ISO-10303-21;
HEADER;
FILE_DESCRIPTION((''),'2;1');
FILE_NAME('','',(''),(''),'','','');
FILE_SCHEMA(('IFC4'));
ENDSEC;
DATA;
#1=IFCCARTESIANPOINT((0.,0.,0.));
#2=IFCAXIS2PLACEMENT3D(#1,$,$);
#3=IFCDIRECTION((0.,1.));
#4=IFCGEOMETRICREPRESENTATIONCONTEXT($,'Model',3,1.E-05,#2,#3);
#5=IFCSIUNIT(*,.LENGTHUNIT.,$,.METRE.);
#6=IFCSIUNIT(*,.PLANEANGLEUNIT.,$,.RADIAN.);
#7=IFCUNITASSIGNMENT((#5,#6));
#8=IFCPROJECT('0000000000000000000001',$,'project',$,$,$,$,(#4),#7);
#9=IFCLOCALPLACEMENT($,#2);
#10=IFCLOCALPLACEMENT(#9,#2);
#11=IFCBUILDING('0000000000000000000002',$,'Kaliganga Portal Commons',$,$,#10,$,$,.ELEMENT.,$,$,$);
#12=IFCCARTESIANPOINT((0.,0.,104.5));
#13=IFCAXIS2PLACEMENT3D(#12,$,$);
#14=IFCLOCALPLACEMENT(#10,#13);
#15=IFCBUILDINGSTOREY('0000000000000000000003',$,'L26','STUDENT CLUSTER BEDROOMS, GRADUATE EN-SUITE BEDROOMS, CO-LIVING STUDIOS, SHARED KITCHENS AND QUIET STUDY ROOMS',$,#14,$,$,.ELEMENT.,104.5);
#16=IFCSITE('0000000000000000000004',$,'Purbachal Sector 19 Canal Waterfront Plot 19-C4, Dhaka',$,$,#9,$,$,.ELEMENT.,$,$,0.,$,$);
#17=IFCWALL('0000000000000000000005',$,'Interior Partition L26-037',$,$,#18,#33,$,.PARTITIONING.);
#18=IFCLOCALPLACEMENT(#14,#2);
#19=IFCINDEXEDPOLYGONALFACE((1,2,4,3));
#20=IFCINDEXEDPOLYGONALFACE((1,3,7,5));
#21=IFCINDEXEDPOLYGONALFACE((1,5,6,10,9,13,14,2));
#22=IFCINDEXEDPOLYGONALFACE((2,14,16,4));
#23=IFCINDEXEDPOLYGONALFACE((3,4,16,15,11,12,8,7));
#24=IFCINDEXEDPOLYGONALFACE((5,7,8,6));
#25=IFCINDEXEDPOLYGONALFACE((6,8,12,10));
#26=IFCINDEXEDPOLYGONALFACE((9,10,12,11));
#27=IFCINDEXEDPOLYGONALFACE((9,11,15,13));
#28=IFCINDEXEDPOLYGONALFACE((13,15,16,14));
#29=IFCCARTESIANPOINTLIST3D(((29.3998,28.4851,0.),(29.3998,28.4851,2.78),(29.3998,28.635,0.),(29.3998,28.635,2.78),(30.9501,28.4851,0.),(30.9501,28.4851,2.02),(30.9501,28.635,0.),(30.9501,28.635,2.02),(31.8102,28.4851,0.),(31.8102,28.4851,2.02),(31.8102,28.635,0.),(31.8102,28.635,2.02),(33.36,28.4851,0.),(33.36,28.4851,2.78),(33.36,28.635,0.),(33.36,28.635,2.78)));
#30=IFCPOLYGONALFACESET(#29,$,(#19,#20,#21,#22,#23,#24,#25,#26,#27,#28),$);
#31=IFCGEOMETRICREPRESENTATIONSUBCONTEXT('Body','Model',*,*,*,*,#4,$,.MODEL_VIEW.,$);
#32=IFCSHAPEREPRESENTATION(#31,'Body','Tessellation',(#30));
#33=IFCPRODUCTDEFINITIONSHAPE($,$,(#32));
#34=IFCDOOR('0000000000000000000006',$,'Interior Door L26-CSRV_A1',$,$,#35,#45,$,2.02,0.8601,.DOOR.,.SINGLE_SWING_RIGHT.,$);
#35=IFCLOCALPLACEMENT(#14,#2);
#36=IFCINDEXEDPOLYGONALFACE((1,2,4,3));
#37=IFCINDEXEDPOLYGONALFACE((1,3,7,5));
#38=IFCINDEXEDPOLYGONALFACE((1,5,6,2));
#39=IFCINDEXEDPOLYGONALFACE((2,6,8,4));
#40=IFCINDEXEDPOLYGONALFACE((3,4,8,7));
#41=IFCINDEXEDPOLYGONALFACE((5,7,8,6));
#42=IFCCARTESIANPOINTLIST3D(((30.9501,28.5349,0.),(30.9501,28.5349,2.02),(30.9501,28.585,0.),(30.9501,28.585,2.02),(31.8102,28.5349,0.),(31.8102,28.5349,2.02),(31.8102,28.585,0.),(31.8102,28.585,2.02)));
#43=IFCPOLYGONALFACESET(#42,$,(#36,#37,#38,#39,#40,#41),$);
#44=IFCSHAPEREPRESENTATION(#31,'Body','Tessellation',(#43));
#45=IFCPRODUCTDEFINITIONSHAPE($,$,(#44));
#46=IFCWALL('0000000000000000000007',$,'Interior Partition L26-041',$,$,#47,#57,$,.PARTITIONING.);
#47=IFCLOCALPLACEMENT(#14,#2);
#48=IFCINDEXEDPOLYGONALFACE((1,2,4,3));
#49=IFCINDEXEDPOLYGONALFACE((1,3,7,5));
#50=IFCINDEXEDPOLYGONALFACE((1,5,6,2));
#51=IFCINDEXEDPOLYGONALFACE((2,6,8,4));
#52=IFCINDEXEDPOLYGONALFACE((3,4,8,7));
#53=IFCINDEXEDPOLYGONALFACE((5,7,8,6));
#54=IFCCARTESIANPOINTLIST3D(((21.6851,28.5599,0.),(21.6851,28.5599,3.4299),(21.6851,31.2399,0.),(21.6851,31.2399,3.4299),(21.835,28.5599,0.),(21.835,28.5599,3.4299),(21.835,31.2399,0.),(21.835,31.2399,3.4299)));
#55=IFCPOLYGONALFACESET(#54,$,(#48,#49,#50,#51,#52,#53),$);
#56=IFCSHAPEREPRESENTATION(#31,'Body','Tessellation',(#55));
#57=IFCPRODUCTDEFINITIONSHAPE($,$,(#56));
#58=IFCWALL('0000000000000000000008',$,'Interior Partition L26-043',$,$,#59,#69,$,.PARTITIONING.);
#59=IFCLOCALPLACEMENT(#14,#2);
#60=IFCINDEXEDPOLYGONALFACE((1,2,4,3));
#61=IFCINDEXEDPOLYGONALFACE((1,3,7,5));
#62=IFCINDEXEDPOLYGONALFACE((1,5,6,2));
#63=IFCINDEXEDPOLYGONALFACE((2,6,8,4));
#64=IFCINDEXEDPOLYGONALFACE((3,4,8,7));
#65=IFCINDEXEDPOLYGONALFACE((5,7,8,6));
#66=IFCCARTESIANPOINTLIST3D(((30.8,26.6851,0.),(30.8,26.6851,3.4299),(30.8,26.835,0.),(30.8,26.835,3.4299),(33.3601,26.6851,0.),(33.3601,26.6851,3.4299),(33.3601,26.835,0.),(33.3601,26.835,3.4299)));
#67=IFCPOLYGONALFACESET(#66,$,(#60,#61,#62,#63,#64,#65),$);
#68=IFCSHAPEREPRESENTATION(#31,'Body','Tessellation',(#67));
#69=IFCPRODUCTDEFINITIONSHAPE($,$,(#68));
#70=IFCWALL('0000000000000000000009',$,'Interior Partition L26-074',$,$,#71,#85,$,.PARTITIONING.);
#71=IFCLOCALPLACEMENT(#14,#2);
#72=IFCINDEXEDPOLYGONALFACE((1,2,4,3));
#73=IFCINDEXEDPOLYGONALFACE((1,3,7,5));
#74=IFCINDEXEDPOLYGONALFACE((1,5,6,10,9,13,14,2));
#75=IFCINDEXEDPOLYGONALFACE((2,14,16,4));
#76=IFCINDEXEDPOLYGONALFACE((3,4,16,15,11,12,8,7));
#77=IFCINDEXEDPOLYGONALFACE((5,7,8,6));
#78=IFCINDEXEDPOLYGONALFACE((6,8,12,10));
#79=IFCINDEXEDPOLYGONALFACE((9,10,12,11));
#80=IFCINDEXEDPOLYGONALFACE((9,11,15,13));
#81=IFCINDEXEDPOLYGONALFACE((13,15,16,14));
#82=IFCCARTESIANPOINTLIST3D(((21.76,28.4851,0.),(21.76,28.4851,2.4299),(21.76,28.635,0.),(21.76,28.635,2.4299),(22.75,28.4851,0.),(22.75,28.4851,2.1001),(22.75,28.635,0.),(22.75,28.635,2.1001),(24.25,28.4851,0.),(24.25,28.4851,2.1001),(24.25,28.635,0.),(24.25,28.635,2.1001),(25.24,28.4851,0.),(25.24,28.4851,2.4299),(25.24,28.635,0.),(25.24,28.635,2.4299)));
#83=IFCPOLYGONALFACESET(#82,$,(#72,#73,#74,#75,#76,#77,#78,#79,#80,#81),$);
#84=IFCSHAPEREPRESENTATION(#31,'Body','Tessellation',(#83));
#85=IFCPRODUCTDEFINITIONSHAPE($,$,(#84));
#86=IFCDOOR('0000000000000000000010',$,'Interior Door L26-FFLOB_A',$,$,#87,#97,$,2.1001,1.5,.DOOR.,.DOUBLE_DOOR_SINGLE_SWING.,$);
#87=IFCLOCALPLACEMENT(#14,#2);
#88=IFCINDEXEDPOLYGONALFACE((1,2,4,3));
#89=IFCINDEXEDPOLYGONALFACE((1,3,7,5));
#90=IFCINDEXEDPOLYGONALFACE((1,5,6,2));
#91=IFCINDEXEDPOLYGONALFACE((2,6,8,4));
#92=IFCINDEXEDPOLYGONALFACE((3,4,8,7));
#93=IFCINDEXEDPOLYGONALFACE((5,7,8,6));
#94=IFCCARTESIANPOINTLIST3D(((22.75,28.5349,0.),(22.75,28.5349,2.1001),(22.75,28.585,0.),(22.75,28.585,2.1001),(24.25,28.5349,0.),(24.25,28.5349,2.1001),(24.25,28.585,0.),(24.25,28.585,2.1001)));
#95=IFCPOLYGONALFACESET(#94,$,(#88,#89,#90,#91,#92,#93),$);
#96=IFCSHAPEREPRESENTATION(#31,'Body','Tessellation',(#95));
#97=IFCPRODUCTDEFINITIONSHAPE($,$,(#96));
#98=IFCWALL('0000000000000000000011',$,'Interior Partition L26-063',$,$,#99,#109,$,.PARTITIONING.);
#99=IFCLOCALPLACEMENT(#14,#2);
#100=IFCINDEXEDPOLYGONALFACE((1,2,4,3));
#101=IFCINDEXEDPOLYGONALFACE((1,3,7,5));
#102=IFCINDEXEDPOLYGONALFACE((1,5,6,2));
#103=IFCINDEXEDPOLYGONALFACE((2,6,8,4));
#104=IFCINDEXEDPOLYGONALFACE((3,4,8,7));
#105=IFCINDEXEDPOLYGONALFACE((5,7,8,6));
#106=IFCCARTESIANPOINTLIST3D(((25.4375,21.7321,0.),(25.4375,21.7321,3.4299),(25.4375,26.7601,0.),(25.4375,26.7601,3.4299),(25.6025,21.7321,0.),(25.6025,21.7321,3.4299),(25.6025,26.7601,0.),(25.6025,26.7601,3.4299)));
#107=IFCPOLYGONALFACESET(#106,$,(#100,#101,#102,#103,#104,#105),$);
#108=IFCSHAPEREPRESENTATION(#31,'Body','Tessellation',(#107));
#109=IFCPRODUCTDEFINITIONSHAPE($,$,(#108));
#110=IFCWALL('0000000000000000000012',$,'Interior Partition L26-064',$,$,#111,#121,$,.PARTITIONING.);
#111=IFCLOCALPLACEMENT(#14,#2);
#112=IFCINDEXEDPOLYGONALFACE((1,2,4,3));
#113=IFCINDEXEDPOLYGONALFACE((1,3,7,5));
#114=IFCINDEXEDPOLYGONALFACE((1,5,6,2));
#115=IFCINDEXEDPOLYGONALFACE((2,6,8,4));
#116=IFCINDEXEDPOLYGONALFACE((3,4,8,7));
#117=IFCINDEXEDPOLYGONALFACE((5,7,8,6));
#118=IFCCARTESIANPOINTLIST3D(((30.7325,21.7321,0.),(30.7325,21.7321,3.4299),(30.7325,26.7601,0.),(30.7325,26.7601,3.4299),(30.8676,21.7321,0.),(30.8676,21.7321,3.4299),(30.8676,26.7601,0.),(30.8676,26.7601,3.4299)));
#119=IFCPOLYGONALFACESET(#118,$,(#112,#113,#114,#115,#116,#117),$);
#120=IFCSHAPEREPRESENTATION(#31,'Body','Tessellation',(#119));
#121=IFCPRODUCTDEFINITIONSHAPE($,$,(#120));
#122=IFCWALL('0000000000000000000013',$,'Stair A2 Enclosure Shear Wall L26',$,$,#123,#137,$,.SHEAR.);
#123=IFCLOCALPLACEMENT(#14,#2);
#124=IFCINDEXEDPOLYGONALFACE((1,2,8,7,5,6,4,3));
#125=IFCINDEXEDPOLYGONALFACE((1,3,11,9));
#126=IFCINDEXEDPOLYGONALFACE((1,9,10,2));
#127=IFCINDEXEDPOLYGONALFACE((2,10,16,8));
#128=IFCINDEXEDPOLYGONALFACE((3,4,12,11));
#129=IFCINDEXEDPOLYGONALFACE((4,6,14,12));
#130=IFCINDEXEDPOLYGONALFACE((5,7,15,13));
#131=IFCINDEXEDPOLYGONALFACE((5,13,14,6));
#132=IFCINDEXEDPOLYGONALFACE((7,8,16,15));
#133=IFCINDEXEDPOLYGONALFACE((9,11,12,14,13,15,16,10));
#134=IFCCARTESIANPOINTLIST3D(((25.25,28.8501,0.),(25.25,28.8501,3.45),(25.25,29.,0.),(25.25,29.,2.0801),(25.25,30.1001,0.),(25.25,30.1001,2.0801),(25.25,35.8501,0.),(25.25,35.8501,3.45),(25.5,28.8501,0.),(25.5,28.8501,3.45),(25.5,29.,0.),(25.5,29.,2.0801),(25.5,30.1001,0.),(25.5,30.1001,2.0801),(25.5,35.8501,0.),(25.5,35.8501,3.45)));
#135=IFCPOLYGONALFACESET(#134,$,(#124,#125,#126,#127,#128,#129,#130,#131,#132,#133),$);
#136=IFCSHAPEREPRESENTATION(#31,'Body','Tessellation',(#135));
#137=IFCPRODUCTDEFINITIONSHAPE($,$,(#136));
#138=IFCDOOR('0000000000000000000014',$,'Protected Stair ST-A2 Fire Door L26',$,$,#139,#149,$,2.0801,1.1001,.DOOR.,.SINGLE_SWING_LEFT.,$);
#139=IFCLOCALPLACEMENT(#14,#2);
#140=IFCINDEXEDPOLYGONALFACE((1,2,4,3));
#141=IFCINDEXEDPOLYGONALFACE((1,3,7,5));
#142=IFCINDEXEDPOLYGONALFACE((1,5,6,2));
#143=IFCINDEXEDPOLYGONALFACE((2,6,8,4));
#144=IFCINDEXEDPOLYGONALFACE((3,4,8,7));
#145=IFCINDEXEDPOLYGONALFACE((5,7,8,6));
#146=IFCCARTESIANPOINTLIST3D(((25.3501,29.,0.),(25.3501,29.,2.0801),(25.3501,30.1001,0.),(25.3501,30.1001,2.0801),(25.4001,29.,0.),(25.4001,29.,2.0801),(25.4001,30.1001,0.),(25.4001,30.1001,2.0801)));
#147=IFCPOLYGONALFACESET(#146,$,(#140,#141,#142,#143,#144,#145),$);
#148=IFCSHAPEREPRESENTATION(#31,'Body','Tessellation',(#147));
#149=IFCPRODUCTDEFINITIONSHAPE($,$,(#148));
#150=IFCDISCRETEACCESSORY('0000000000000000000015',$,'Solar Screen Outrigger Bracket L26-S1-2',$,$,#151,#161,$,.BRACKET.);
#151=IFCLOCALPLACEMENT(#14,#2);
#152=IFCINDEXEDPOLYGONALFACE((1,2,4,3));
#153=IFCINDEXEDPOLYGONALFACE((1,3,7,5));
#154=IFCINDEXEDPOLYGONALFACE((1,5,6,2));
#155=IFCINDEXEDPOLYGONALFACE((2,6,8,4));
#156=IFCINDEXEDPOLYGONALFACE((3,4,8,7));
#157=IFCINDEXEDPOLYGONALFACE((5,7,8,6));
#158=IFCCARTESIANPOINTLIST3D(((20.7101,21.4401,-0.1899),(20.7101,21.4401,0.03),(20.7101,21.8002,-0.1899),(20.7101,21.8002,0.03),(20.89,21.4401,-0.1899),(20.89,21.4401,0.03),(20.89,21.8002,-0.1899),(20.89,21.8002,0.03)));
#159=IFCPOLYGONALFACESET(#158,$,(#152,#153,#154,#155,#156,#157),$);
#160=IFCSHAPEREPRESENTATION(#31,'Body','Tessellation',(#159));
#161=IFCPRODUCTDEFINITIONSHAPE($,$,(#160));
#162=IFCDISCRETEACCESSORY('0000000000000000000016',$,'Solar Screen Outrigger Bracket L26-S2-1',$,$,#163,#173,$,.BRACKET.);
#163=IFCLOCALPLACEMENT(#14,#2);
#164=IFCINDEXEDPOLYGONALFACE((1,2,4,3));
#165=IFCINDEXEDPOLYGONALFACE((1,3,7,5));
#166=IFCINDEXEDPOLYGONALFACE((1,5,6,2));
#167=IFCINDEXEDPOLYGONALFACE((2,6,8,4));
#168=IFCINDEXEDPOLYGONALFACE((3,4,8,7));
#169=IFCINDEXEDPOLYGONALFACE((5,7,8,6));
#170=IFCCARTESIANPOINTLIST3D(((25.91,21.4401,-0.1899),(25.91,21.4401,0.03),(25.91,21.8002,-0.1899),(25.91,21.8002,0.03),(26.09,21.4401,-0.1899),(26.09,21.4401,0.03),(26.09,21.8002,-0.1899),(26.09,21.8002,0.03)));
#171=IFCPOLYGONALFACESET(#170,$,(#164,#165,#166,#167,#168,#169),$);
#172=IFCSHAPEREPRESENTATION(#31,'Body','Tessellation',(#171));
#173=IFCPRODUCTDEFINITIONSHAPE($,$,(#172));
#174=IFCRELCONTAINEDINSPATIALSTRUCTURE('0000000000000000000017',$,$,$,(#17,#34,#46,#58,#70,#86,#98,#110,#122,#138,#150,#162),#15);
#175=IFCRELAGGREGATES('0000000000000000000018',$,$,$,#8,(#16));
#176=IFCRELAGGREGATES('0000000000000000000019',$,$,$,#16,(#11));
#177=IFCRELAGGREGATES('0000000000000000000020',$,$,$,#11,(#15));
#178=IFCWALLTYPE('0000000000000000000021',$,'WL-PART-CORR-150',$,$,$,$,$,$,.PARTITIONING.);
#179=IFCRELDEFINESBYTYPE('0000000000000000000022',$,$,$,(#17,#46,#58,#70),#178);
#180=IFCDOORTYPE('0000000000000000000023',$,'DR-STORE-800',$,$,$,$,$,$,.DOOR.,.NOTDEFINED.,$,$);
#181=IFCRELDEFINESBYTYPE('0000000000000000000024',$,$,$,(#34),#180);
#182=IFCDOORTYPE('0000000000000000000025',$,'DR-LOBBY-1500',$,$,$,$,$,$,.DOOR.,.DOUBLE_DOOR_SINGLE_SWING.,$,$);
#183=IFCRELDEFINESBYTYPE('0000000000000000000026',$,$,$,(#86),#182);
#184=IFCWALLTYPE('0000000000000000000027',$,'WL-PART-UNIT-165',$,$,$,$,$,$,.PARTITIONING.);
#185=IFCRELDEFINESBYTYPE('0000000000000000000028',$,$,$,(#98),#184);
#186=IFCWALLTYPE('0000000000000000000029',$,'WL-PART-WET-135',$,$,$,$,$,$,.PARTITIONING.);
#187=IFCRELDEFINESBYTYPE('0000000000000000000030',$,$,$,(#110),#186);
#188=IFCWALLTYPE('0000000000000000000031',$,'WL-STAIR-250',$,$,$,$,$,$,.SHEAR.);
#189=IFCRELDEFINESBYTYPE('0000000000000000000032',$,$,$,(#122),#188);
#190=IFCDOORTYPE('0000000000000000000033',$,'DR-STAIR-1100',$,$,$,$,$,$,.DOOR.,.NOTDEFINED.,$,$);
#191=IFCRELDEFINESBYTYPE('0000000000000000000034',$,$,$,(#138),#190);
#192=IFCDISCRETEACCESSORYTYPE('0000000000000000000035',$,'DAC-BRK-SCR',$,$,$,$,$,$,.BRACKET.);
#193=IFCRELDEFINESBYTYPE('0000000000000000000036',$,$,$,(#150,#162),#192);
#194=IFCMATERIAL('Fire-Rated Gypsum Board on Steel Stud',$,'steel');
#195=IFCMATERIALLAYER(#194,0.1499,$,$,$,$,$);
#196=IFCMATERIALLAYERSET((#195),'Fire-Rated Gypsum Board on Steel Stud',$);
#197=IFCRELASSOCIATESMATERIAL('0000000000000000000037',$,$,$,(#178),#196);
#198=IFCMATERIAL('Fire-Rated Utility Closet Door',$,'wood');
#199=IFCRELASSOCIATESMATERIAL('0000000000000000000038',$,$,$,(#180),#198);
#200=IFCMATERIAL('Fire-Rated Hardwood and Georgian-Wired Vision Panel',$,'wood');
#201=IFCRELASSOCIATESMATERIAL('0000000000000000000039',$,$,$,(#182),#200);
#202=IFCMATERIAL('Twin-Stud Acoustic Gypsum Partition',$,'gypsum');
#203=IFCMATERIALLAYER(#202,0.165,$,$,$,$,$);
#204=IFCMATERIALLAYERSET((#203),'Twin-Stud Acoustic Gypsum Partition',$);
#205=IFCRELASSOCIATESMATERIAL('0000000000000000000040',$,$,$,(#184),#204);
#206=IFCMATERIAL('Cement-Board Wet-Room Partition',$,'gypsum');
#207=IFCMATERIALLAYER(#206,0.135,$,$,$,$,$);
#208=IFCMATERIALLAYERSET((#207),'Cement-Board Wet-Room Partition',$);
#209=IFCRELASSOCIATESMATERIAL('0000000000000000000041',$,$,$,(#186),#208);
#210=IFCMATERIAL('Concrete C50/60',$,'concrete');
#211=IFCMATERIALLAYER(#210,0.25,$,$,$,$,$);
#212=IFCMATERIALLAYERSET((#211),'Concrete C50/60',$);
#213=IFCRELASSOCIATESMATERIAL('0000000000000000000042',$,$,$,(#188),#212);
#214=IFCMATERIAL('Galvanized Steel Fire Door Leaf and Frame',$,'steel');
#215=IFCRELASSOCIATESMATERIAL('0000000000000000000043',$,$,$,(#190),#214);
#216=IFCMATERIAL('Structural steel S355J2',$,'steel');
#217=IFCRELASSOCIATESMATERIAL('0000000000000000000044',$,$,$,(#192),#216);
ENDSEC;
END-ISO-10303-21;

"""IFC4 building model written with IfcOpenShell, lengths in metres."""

from ifc_helpers import new_model, si_unit, direction, frame, frame_2d, origin, origin_2d, place, context, subcontext, project, spatial, rectangle, extrude, source, transform, mapped, material, layer, layer_set, type_object, element, fill, save


model = new_model("IFC4")

# Units and contexts
model_context = context("Model", 3, precision=1e-05, world=origin(), true_north=direction((0.0, 1.0)))
body_context = subcontext(model_context, "Body", "Model", "MODEL_VIEW")
ifc_project = project(units=[si_unit("LENGTHUNIT", "METRE"), si_unit("PLANEANGLEUNIT", "RADIAN")], contexts=[model_context])

# Site, building, storey
site_placement = place(None, origin())
site = spatial("IfcSite", under=ifc_project, at=site_placement, Name="Purbachal Sector 19 Canal Waterfront Plot 19-C4, Dhaka", CompositionType="ELEMENT", RefElevation=0.0)
building_placement = place(site_placement, origin())
building = spatial("IfcBuilding", under=site, at=building_placement, Name="Kaliganga Portal Commons", CompositionType="ELEMENT")
storey_placement = place(building_placement, frame((0.0, 0.0, 104.5)))
storey = spatial("IfcBuildingStorey", under=building, at=storey_placement, Name="L26", Description="STUDENT CLUSTER BEDROOMS, GRADUATE EN-SUITE BEDROOMS, CO-LIVING STUDIOS, SHARED KITCHENS AND QUIET STUDY ROOMS", CompositionType="ELEMENT", Elevation=104.5)

# Shared definitions
ifc_material_1 = material(Name="Structural steel S355J2", Category="steel")

# Wall, opening, door
ifc_material_2 = material(Name="Fire-Rated Gypsum Board on Steel Stud", Category="steel")
ifc_layer_1 = layer(ifc_material_2, 0.1499)
ifc_layer_set_1 = layer_set([ifc_layer_1], Name="Fire-Rated Gypsum Board on Steel Stud")
wall_type_1 = type_object("IfcWallType", Name="WL-PART-CORR-150", PredefinedType="PARTITIONING", material=ifc_layer_set_1)
wall_1_placement = place(storey_placement, frame((29.3999, 28.5601, 0.0), z_axis=(0.0, 0.0, 1.0), x_axis=(1.0, 0.0, 0.0)))
wall_1 = element("IfcWall", 1, at=wall_1_placement, inside=storey, type_object=wall_type_1, Name="Interior Partition L26-037", PredefinedType="PARTITIONING", context=body_context, shape_type="SweptSolid", body=[
    extrude(rectangle(XDim=3.9602, YDim=0.1499, at=frame_2d((1.98, 0.0))), origin(), (0.0, 0.0, 1.0), 2.78),
])
opening_1_placement = place(wall_1_placement, frame((1.55, 0.0, 0.0)))
opening_1 = element("IfcOpeningElement", 2, at=opening_1_placement, cuts=wall_1, PredefinedType="OPENING", context=body_context, shape_type="SweptSolid", body=[
    extrude(rectangle(XDim=0.8601, YDim=2.02, at=frame_2d((0.4302, 1.01))), frame((0.0, 0.085, 0.0), z_axis=(0.0, -1.0, 0.0), x_axis=(1.0, 0.0, 0.0)), (0.0, 0.0, 1.0), 0.1699),
])
ifc_material_3 = material(Name="Fire-Rated Utility Closet Door", Category="wood")
door_type_1 = type_object("IfcDoorType", Name="DR-STORE-800", OperationType="NOTDEFINED", PredefinedType="DOOR", material=ifc_material_3)
door_1_placement = place(opening_1_placement, origin())
door_1 = element("IfcDoor", 3, at=door_1_placement, inside=storey, type_object=door_type_1, Name="Interior Door L26-CSRV_A1", OperationType="SINGLE_SWING_RIGHT", OverallHeight=2.02, OverallWidth=0.8601, PredefinedType="DOOR", context=body_context, shape_type="SweptSolid", body=[
    extrude(rectangle(XDim=0.8601, YDim=2.02, at=frame_2d((0.4302, 1.01))), frame((0.0, 0.0249, 0.0), z_axis=(0.0, -1.0, 0.0), x_axis=(1.0, 0.0, 0.0)), (0.0, 0.0, 1.0), 0.05),
])
fill(opening_1, door_1)

# Walls
wall_2_placement = place(storey_placement, frame((21.76, 28.5601, 0.0), z_axis=(0.0, 0.0, 1.0), x_axis=(0.0, 1.0, 0.0)))
element("IfcWall", 4, at=wall_2_placement, inside=storey, type_object=wall_type_1, Name="Interior Partition L26-041", PredefinedType="PARTITIONING", context=body_context, shape_type="SweptSolid", body=[
    extrude(rectangle(XDim=2.6799, YDim=0.1499, at=frame_2d((1.3398, 0.0))), origin(), (0.0, 0.0, 1.0), 3.4299),
])
wall_3_placement = place(storey_placement, frame((30.8, 26.76, 0.0), z_axis=(0.0, 0.0, 1.0), x_axis=(1.0, 0.0, 0.0)))
element("IfcWall", 5, at=wall_3_placement, inside=storey, type_object=wall_type_1, Name="Interior Partition L26-043", PredefinedType="PARTITIONING", context=body_context, shape_type="SweptSolid", body=[
    extrude(rectangle(XDim=2.5601, YDim=0.1499, at=frame_2d((1.28, 0.0))), origin(), (0.0, 0.0, 1.0), 3.4299),
])

# Wall, opening, door
wall_4_placement = place(storey_placement, frame((21.76, 28.5601, 0.0), z_axis=(0.0, 0.0, 1.0), x_axis=(1.0, 0.0, 0.0)))
wall_4 = element("IfcWall", 6, at=wall_4_placement, inside=storey, type_object=wall_type_1, Name="Interior Partition L26-074", PredefinedType="PARTITIONING", context=body_context, shape_type="SweptSolid", body=[
    extrude(rectangle(XDim=3.48, YDim=0.1499, at=frame_2d((1.74, 0.0))), origin(), (0.0, 0.0, 1.0), 2.4299),
])
opening_2_placement = place(wall_4_placement, frame((0.99, 0.0, 0.0)))
opening_2 = element("IfcOpeningElement", 7, at=opening_2_placement, cuts=wall_4, PredefinedType="OPENING", context=body_context, shape_type="SweptSolid", body=[
    extrude(rectangle(XDim=1.5, YDim=2.1001, at=frame_2d((0.75, 1.05))), frame((0.0, 0.085, 0.0), z_axis=(0.0, -1.0, 0.0), x_axis=(1.0, 0.0, 0.0)), (0.0, 0.0, 1.0), 0.1699),
])
ifc_material_4 = material(Name="Fire-Rated Hardwood and Georgian-Wired Vision Panel", Category="wood")
door_type_2 = type_object("IfcDoorType", Name="DR-LOBBY-1500", OperationType="DOUBLE_DOOR_SINGLE_SWING", PredefinedType="DOOR", material=ifc_material_4)
door_2_placement = place(opening_2_placement, origin())
door_2 = element("IfcDoor", 8, at=door_2_placement, inside=storey, type_object=door_type_2, Name="Interior Door L26-FFLOB_A", OperationType="DOUBLE_DOOR_SINGLE_SWING", OverallHeight=2.1001, OverallWidth=1.5, PredefinedType="DOOR", context=body_context, shape_type="SweptSolid", body=[
    extrude(rectangle(XDim=1.5, YDim=2.1001, at=frame_2d((0.75, 1.05))), frame((0.0, 0.0249, 0.0), z_axis=(0.0, -1.0, 0.0), x_axis=(1.0, 0.0, 0.0)), (0.0, 0.0, 1.0), 0.05),
])
fill(opening_2, door_2)

# Walls
ifc_material_5 = material(Name="Twin-Stud Acoustic Gypsum Partition", Category="gypsum")
ifc_layer_2 = layer(ifc_material_5, 0.165)
ifc_layer_set_2 = layer_set([ifc_layer_2], Name="Twin-Stud Acoustic Gypsum Partition")
wall_type_2 = type_object("IfcWallType", Name="WL-PART-UNIT-165", PredefinedType="PARTITIONING", material=ifc_layer_set_2)
wall_5_placement = place(storey_placement, frame((25.52, 21.7319, 0.0), z_axis=(0.0, 0.0, 1.0), x_axis=(0.0, 1.0, 0.0)))
element("IfcWall", 9, at=wall_5_placement, inside=storey, type_object=wall_type_2, Name="Interior Partition L26-063", PredefinedType="PARTITIONING", context=body_context, shape_type="SweptSolid", body=[
    extrude(rectangle(XDim=5.0281, YDim=0.165, at=frame_2d((2.5142, 0.0))), origin(), (0.0, 0.0, 1.0), 3.4299),
])
ifc_material_6 = material(Name="Cement-Board Wet-Room Partition", Category="gypsum")
ifc_layer_3 = layer(ifc_material_6, 0.135)
ifc_layer_set_3 = layer_set([ifc_layer_3], Name="Cement-Board Wet-Room Partition")
wall_type_3 = type_object("IfcWallType", Name="WL-PART-WET-135", PredefinedType="PARTITIONING", material=ifc_layer_set_3)
wall_6_placement = place(storey_placement, frame((30.8, 21.7319, 0.0), z_axis=(0.0, 0.0, 1.0), x_axis=(0.0, 1.0, 0.0)))
element("IfcWall", 10, at=wall_6_placement, inside=storey, type_object=wall_type_3, Name="Interior Partition L26-064", PredefinedType="PARTITIONING", context=body_context, shape_type="SweptSolid", body=[
    extrude(rectangle(XDim=5.0281, YDim=0.135, at=frame_2d((2.5142, 0.0))), origin(), (0.0, 0.0, 1.0), 3.4299),
])

# Wall, opening, door
ifc_material_7 = material(Name="Concrete C50/60", Category="concrete")
ifc_layer_4 = layer(ifc_material_7, 0.25)
ifc_layer_set_4 = layer_set([ifc_layer_4], Name="Concrete C50/60")
wall_type_4 = type_object("IfcWallType", Name="WL-STAIR-250", PredefinedType="SHEAR", material=ifc_layer_set_4)
wall_7_placement = place(storey_placement, frame((25.375, 28.8501, 0.0), z_axis=(0.0, 0.0, 1.0), x_axis=(0.0, 1.0, 0.0)))
wall_7 = element("IfcWall", 11, at=wall_7_placement, inside=storey, type_object=wall_type_4, Name="Stair A2 Enclosure Shear Wall L26", PredefinedType="SHEAR", context=body_context, shape_type="SweptSolid", body=[
    extrude(rectangle(XDim=7.0, YDim=0.25, at=frame_2d((3.5, 0.0))), origin(), (0.0, 0.0, 1.0), 3.45),
])
opening_3_placement = place(wall_7_placement, frame((0.1499, 0.0, 0.0)))
opening_3 = element("IfcOpeningElement", 12, at=opening_3_placement, cuts=wall_7, PredefinedType="OPENING", context=body_context, shape_type="SweptSolid", body=[
    extrude(rectangle(XDim=1.1001, YDim=2.0801, at=frame_2d((0.55, 1.04))), frame((0.0, 0.135, 0.0), z_axis=(0.0, -1.0, 0.0), x_axis=(1.0, 0.0, 0.0)), (0.0, 0.0, 1.0), 0.27),
])
ifc_material_8 = material(Name="Galvanized Steel Fire Door Leaf and Frame", Category="steel")
door_type_3 = type_object("IfcDoorType", Name="DR-STAIR-1100", OperationType="NOTDEFINED", PredefinedType="DOOR", material=ifc_material_8)
door_3_placement = place(opening_3_placement, origin())
door_3 = element("IfcDoor", 13, at=door_3_placement, inside=storey, type_object=door_type_3, Name="Protected Stair ST-A2 Fire Door L26", OperationType="SINGLE_SWING_LEFT", OverallHeight=2.0801, OverallWidth=1.1001, PredefinedType="DOOR", context=body_context, shape_type="SweptSolid", body=[
    extrude(rectangle(XDim=1.1001, YDim=2.0801, at=frame_2d((0.55, 1.04))), frame((0.0, 0.0249, 0.0), z_axis=(0.0, -1.0, 0.0), x_axis=(1.0, 0.0, 0.0)), (0.0, 0.0, 1.0), 0.05),
])
fill(opening_3, door_3)

# Discrete accessories
discrete_accessory_type = type_object("IfcDiscreteAccessoryType", Name="DAC-BRK-SCR", PredefinedType="BRACKET", material=ifc_material_1)
shared_shape_1 = source(origin(), body_context, "Body", "SweptSolid", [
    extrude(rectangle(XDim=0.1799, YDim=0.3601, at=origin_2d()), origin(), (0.0, 0.0, 1.0), 0.22),
])
for number, where, z_axis, x_axis, name in (
    (14, (20.8, 21.6201, -0.1899), (0.0, 0.0, 1.0), (1.0, 0.0, 0.0), "Solar Screen Outrigger Bracket L26-S1-2"),
    (15, (26.0, 21.6201, -0.1899), (0.0, 0.0, 1.0), (1.0, 0.0, 0.0), "Solar Screen Outrigger Bracket L26-S2-1"),
):
    element("IfcDiscreteAccessory", number, at=place(storey_placement, frame(where, z_axis=z_axis, x_axis=x_axis)), inside=storey, type_object=discrete_accessory_type, Name=name, PredefinedType="BRACKET", context=body_context, shape_type="MappedRepresentation", body=[
        mapped(shared_shape_1, transform((0.0, 0.0, 0.0), x_axis=(1.0, 0.0, 0.0), y_axis=(0.0, 1.0, 0.0), z_axis=(0.0, 0.0, 1.0), scale=1.0)),
    ])

save(model, "model.ifc")
